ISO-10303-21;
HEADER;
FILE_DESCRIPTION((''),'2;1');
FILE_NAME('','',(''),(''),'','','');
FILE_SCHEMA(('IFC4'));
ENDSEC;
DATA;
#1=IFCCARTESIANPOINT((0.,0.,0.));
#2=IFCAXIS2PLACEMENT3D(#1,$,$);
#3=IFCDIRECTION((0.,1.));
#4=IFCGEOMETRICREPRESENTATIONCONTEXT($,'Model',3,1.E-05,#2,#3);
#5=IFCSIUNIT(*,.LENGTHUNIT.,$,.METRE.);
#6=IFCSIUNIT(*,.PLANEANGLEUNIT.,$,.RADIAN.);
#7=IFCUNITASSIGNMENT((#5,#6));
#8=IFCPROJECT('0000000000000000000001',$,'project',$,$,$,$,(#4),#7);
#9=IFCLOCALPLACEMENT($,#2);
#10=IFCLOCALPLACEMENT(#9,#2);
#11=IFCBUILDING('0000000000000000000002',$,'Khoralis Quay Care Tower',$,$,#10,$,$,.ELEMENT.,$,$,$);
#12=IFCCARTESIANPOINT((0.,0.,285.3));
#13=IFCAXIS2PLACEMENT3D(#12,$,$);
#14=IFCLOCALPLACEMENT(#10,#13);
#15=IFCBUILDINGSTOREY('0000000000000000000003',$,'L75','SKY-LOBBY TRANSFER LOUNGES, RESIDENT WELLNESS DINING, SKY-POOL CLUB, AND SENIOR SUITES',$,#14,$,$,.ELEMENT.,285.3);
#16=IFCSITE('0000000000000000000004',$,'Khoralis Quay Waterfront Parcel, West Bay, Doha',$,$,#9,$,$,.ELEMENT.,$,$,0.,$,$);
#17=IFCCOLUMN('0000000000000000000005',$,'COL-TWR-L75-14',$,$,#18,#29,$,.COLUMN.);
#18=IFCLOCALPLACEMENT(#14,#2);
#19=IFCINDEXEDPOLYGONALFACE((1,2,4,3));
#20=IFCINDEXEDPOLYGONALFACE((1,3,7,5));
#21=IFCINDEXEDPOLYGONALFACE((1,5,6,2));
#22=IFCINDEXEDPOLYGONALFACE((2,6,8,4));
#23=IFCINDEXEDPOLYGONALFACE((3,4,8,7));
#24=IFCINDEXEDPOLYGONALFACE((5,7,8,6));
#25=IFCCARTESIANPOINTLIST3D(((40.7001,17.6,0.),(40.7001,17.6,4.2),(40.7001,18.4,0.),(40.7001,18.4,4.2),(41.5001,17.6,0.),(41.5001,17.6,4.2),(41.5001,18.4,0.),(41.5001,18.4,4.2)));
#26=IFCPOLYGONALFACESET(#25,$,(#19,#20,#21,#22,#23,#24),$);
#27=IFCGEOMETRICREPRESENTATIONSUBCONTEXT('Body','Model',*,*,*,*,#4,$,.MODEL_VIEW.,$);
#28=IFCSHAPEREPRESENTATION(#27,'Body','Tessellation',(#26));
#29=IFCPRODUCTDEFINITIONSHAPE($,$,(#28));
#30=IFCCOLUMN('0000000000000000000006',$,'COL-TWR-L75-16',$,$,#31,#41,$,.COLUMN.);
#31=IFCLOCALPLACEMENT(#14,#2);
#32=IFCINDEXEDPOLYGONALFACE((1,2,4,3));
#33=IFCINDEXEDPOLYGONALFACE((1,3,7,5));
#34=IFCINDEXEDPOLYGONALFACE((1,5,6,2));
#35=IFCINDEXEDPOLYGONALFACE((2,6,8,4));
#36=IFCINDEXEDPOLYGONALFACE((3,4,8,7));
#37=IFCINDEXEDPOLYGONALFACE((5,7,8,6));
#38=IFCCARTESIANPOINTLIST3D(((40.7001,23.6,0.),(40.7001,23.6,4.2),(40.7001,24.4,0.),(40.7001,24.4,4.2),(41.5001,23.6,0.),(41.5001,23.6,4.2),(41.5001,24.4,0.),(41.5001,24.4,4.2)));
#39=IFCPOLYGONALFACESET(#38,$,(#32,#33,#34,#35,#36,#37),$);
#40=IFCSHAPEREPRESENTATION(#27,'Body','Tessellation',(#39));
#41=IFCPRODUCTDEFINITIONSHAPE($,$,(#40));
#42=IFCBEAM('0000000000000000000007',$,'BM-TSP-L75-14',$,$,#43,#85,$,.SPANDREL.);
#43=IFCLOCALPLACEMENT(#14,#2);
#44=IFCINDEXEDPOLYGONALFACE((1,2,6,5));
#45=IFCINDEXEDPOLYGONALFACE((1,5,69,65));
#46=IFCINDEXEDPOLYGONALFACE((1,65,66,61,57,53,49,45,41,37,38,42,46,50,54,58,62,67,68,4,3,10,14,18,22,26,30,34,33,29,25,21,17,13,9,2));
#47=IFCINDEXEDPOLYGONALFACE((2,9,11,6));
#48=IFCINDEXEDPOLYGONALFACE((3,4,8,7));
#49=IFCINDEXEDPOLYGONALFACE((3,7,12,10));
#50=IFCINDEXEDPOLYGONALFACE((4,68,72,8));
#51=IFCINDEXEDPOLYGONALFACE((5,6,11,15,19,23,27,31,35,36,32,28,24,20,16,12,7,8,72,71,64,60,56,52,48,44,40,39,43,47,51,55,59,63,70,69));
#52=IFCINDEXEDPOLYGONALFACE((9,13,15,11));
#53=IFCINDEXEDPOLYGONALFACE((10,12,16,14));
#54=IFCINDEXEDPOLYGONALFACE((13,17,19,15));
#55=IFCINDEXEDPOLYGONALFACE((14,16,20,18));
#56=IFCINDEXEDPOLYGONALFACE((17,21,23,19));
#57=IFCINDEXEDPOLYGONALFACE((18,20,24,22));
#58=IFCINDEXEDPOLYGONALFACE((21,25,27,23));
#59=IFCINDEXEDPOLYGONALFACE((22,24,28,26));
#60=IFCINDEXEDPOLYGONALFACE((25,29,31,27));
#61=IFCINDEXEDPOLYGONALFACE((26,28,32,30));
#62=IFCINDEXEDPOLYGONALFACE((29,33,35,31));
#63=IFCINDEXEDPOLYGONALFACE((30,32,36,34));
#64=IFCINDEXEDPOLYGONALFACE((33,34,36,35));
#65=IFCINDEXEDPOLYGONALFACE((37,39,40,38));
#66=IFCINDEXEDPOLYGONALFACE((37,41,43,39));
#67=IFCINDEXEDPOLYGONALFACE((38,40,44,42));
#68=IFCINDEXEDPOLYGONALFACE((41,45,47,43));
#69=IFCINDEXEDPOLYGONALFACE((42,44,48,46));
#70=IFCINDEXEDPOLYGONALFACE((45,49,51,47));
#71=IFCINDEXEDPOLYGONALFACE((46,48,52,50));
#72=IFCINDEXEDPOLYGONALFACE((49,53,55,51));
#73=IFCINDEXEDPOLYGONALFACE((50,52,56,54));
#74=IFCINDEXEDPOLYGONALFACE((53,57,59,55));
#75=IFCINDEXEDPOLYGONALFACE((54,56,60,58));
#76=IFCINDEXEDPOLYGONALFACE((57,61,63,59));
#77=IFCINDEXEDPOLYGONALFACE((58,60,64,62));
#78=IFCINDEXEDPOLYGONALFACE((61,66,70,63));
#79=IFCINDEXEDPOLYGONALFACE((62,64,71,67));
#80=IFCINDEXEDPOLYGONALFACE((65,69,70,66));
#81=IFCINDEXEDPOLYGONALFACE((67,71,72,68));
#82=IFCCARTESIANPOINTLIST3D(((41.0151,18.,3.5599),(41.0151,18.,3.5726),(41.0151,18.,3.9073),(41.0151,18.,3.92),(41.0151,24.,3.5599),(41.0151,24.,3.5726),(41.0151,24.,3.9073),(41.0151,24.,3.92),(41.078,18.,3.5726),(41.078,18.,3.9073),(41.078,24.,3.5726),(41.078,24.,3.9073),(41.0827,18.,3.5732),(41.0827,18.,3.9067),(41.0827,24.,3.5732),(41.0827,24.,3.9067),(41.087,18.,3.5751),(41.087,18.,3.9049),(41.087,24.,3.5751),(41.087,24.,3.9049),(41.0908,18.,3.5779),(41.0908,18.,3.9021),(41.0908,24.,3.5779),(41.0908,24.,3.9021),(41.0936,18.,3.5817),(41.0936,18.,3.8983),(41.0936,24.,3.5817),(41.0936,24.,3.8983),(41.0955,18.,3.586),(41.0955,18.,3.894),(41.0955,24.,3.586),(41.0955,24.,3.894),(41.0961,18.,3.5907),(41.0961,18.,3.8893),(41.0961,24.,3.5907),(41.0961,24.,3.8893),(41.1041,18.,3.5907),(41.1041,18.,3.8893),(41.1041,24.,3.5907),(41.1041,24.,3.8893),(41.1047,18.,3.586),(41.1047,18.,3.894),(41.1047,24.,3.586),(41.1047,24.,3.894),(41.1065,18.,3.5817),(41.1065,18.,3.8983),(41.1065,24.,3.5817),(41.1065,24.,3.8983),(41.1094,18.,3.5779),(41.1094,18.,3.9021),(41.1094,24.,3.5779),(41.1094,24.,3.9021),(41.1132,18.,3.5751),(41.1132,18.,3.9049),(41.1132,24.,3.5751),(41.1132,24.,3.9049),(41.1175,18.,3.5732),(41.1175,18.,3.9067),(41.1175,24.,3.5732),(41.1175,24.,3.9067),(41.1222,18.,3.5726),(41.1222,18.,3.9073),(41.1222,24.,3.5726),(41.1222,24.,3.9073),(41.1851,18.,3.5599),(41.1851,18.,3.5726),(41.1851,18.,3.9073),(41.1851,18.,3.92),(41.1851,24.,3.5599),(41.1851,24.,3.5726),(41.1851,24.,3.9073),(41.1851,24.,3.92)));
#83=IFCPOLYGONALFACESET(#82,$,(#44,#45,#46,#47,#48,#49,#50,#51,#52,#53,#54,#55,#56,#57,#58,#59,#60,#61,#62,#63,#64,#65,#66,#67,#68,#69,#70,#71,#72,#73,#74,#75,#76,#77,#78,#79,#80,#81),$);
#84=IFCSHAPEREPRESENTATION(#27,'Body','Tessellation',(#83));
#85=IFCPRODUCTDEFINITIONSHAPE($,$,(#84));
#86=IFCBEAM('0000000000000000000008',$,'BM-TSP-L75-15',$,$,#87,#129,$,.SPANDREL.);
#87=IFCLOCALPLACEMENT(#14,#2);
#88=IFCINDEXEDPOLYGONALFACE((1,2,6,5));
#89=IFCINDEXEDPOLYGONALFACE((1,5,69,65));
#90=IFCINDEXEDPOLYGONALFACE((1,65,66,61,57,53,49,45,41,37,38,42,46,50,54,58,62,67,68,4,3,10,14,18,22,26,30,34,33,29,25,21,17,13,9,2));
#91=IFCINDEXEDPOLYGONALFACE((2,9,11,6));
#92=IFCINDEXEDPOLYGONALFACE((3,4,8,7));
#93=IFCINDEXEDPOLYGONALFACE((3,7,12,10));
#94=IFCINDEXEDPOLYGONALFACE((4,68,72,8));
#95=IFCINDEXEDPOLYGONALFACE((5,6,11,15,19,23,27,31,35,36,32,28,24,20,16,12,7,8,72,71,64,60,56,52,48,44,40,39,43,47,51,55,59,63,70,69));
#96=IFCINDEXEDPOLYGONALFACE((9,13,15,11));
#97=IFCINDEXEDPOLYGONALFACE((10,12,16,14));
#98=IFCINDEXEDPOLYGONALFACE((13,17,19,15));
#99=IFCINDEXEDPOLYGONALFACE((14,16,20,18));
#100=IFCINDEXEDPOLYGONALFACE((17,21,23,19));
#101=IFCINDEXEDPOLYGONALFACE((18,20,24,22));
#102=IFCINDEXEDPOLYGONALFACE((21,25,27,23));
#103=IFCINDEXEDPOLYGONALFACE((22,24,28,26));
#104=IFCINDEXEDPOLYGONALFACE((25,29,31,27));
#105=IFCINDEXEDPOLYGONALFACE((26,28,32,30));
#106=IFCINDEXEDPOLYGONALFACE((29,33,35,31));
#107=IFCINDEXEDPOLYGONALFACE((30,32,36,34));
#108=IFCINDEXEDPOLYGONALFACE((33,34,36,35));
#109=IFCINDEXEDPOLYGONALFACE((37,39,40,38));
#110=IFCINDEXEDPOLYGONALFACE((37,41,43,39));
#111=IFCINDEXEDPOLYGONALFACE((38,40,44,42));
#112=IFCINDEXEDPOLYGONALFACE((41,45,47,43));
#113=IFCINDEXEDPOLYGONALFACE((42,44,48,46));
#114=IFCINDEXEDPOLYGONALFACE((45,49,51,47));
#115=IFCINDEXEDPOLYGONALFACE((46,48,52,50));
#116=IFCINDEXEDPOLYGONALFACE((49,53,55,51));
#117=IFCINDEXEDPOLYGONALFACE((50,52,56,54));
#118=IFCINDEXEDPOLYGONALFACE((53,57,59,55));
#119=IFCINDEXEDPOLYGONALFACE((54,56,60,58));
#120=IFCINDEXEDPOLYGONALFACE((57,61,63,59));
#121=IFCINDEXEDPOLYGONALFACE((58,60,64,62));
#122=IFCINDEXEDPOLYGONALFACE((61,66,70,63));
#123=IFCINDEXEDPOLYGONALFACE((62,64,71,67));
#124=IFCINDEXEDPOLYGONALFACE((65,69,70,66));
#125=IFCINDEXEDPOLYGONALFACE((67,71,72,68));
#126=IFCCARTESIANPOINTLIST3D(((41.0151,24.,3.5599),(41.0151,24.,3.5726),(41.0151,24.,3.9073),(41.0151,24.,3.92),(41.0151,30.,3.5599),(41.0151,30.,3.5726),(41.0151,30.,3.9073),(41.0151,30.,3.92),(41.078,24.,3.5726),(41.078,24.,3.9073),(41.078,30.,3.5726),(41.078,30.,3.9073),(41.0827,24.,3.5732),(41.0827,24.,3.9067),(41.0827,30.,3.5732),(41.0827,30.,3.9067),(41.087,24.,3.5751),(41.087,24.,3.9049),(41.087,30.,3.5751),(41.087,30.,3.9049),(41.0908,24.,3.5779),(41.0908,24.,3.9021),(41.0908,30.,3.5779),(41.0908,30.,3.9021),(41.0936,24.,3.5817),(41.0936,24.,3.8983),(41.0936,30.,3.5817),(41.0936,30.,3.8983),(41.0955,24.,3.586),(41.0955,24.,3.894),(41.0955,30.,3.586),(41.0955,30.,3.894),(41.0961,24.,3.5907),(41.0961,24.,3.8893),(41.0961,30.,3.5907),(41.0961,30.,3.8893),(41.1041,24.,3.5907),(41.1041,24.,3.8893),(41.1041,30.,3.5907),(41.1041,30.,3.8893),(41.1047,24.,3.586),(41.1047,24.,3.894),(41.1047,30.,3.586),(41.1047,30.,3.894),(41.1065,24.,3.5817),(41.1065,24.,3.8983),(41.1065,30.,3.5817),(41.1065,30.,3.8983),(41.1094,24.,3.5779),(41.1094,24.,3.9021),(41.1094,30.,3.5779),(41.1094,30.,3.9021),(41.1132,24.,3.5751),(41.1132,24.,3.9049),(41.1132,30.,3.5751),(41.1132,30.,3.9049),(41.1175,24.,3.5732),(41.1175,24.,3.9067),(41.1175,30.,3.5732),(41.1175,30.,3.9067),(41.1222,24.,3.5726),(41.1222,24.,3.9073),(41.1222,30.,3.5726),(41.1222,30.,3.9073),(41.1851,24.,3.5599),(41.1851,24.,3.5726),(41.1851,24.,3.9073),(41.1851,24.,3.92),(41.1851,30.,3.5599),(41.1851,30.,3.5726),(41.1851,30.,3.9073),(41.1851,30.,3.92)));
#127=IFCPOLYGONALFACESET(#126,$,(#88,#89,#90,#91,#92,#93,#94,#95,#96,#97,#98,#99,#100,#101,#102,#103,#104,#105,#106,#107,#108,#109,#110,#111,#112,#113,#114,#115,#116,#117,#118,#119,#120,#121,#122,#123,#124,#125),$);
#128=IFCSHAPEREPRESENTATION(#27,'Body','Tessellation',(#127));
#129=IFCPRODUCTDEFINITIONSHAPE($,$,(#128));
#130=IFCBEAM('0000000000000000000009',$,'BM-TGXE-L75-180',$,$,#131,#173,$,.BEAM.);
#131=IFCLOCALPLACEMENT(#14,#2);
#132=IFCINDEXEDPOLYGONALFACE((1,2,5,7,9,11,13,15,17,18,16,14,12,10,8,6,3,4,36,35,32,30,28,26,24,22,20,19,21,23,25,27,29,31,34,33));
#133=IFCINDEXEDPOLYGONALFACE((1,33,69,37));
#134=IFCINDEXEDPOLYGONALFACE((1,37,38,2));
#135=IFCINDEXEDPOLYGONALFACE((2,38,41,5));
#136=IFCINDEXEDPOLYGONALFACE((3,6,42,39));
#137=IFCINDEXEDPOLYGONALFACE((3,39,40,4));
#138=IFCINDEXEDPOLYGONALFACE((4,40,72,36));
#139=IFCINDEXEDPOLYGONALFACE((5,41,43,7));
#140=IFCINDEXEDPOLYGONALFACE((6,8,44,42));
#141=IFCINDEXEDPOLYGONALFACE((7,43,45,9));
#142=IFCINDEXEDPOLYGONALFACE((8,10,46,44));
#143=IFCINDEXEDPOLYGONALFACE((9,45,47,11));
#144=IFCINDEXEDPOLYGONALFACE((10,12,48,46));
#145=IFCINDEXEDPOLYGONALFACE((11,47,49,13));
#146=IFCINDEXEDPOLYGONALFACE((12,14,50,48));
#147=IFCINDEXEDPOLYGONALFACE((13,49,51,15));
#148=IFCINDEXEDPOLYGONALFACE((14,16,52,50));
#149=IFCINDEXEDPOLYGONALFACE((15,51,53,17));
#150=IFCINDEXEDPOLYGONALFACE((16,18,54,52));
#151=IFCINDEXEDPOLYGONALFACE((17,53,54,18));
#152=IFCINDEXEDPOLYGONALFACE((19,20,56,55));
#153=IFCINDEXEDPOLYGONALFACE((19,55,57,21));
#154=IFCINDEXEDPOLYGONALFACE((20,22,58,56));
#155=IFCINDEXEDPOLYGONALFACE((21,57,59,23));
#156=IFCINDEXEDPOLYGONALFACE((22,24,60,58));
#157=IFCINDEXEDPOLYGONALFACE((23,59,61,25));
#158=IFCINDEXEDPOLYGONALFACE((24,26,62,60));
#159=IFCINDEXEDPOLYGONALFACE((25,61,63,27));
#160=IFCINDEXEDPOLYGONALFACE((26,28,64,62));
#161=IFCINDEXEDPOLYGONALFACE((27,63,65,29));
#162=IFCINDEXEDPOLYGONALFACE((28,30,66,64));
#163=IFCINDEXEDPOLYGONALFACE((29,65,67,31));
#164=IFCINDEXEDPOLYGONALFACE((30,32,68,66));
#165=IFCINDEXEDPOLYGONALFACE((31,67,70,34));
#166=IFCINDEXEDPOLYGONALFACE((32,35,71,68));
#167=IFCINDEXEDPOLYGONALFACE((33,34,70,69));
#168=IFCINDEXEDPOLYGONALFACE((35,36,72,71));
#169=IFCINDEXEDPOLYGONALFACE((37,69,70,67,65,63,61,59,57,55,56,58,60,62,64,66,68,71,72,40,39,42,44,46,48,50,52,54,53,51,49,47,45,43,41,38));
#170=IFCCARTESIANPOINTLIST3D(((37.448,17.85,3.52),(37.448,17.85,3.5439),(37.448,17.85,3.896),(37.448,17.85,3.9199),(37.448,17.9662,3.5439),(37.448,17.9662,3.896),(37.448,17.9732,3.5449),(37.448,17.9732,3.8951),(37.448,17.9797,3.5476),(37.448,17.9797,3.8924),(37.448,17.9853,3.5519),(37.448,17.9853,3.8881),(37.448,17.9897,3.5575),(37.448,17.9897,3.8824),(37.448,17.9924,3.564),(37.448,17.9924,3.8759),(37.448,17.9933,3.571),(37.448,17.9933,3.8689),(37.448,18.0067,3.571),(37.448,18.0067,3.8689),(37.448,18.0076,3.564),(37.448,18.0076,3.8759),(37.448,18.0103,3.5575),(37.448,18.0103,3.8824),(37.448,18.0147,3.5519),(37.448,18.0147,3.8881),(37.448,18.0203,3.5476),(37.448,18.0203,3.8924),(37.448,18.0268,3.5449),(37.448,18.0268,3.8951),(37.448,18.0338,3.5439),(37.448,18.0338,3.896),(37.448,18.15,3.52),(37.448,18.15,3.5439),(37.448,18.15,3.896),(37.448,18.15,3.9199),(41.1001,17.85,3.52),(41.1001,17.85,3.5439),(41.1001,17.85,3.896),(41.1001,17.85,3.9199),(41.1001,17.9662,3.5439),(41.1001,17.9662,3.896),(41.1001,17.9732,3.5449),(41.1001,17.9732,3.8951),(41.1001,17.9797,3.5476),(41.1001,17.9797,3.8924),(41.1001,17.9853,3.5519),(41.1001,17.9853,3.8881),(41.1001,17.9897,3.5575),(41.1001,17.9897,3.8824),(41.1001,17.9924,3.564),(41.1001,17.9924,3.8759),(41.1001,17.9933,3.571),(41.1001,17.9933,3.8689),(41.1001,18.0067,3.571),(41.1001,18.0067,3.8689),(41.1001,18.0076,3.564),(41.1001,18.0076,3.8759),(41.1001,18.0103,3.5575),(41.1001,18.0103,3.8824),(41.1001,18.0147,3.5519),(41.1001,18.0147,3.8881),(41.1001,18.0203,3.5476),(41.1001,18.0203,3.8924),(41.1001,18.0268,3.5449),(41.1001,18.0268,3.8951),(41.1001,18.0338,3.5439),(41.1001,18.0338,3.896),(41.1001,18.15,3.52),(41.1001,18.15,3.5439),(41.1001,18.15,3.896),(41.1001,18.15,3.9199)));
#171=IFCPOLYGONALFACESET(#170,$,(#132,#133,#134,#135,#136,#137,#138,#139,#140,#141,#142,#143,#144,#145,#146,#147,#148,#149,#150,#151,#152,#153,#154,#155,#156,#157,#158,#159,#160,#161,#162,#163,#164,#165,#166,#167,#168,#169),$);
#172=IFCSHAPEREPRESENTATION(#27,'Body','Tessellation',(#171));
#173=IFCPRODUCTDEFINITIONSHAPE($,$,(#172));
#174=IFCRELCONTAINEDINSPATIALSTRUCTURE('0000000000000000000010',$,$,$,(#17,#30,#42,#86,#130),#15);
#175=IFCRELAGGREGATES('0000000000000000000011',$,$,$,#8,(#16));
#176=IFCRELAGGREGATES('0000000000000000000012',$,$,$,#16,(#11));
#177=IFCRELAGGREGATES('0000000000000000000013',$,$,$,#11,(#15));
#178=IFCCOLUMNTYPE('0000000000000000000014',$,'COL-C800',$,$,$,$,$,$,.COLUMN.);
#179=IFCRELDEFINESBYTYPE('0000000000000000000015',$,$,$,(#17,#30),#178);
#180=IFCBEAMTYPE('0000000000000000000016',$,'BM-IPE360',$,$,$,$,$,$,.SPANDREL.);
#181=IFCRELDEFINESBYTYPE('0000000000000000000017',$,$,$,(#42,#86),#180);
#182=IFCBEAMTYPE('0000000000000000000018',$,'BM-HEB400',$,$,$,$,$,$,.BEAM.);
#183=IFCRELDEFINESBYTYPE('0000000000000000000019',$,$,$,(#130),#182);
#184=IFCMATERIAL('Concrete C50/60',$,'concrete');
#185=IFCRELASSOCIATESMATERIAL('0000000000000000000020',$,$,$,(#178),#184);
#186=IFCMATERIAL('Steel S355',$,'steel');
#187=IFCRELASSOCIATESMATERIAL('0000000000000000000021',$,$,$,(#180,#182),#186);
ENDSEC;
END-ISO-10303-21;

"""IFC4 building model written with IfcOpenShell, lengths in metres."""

from ifc_helpers import new_model, si_unit, direction, frame, origin, origin_2d, place, context, subcontext, project, spatial, rectangle, i_section, extrude, source, transform, mapped, material, material_profile, profile_set, type_object, element, save


model = new_model("IFC4")

# Units and contexts
model_context = context("Model", 3, precision=1e-05, world=origin(), true_north=direction((0.0, 1.0)))
body_context = subcontext(model_context, "Body", "Model", "MODEL_VIEW")
ifc_project = project(units=[si_unit("LENGTHUNIT", "METRE"), si_unit("PLANEANGLEUNIT", "RADIAN")], contexts=[model_context])

# Site, building, storey
site_placement = place(None, origin())
site = spatial("IfcSite", under=ifc_project, at=site_placement, Name="Khoralis Quay Waterfront Parcel, West Bay, Doha", CompositionType="ELEMENT", RefElevation=0.0)
building_placement = place(site_placement, origin())
building = spatial("IfcBuilding", under=site, at=building_placement, Name="Khoralis Quay Care Tower", CompositionType="ELEMENT")
storey_placement = place(building_placement, frame((0.0, 0.0, 285.3)))
storey = spatial("IfcBuildingStorey", under=building, at=storey_placement, Name="L75", Description="SKY-LOBBY TRANSFER LOUNGES, RESIDENT WELLNESS DINING, SKY-POOL CLUB, AND SENIOR SUITES", CompositionType="ELEMENT", Elevation=285.3)

# Columns
ifc_material_1 = material(Name="Concrete C50/60", Category="concrete")
ifc_material_profile_1 = material_profile(ifc_material_1, rectangle(XDim=0.8, YDim=0.8, at=origin_2d()), Name="Concrete C50/60")
ifc_profile_set_1 = profile_set([ifc_material_profile_1], Name="Concrete C50/60")
column_type = type_object("IfcColumnType", Name="COL-C800", PredefinedType="COLUMN", material=ifc_profile_set_1)
shared_shape_1 = source(origin(), body_context, "Body", "SweptSolid", [
    extrude(rectangle(XDim=0.8, YDim=0.8, at=origin_2d()), origin(), (0.0, 0.0, 1.0), 4.2),
])
for number, where, z_axis, x_axis, name in (
    (1, (41.1001, 18.0, 0.0), (0.0, 0.0, 1.0), (1.0, 0.0, 0.0), "COL-TWR-L75-14"),
    (2, (41.1001, 24.0, 0.0), (0.0, 0.0, 1.0), (1.0, 0.0, 0.0), "COL-TWR-L75-16"),
):
    element("IfcColumn", number, at=place(storey_placement, frame(where, z_axis=z_axis, x_axis=x_axis)), inside=storey, type_object=column_type, Name=name, PredefinedType="COLUMN", context=body_context, shape_type="MappedRepresentation", body=[
        mapped(shared_shape_1, transform((0.0, 0.0, 0.0), scale=1.0)),
    ])

# Beams
ifc_material_2 = material(Name="Steel S355", Category="steel")
ifc_material_profile_2 = material_profile(ifc_material_2, i_section(OverallWidth=0.1699, OverallDepth=0.3601, WebThickness=0.0081, FlangeThickness=0.0127, FilletRadius=0.0181, at=origin_2d()), Name="Steel S355")
ifc_profile_set_2 = profile_set([ifc_material_profile_2], Name="Steel S355")
beam_type_1 = type_object("IfcBeamType", Name="BM-IPE360", PredefinedType="SPANDREL", material=ifc_profile_set_2)
shared_shape_2 = source(origin(), body_context, "Body", "SweptSolid", [
    extrude(i_section(OverallWidth=0.1699, OverallDepth=0.3601, WebThickness=0.0081, FlangeThickness=0.0127, FilletRadius=0.0181, at=origin_2d()), origin(), (0.0, 0.0, 1.0), 6.0),
])
for number, where, z_axis, x_axis, name in (
    (3, (41.1001, 18.0, 3.74), (0.0, 1.0, 0.0), (-1.0, 0.0, 0.0), "BM-TSP-L75-14"),
    (4, (41.1001, 24.0, 3.74), (0.0, 1.0, 0.0), (-1.0, 0.0, 0.0), "BM-TSP-L75-15"),
):
    element("IfcBeam", number, at=place(storey_placement, frame(where, z_axis=z_axis, x_axis=x_axis)), inside=storey, type_object=beam_type_1, Name=name, PredefinedType="SPANDREL", context=body_context, shape_type="MappedRepresentation", body=[
        mapped(shared_shape_2, transform((0.0, 0.0, 0.0), scale=1.0)),
    ])
ifc_material_profile_3 = material_profile(ifc_material_2, i_section(OverallWidth=0.3, OverallDepth=0.3999, WebThickness=0.0134, FlangeThickness=0.0239, FilletRadius=0.0271, at=origin_2d()), Name="Steel S355")
ifc_profile_set_3 = profile_set([ifc_material_profile_3], Name="Steel S355")
beam_type_2 = type_object("IfcBeamType", Name="BM-HEB400", PredefinedType="BEAM", material=ifc_profile_set_3)
shared_shape_3 = source(origin(), body_context, "Body", "SweptSolid", [
    extrude(i_section(OverallWidth=0.3, OverallDepth=0.3999, WebThickness=0.0134, FlangeThickness=0.0239, FilletRadius=0.0271, at=origin_2d()), origin(), (0.0, 0.0, 1.0), 3.6521),
])
for number, where, z_axis, x_axis, name in (
    (5, (37.448, 18.0, 3.72), (1.0, 0.0, 0.0), (0.0, 1.0, 0.0), "BM-TGXE-L75-180"),
):
    element("IfcBeam", number, at=place(storey_placement, frame(where, z_axis=z_axis, x_axis=x_axis)), inside=storey, type_object=beam_type_2, Name=name, PredefinedType="BEAM", context=body_context, shape_type="MappedRepresentation", body=[
        mapped(shared_shape_3, transform((0.0, 0.0, 0.0), scale=1.0)),
    ])

save(model, "model.ifc")
